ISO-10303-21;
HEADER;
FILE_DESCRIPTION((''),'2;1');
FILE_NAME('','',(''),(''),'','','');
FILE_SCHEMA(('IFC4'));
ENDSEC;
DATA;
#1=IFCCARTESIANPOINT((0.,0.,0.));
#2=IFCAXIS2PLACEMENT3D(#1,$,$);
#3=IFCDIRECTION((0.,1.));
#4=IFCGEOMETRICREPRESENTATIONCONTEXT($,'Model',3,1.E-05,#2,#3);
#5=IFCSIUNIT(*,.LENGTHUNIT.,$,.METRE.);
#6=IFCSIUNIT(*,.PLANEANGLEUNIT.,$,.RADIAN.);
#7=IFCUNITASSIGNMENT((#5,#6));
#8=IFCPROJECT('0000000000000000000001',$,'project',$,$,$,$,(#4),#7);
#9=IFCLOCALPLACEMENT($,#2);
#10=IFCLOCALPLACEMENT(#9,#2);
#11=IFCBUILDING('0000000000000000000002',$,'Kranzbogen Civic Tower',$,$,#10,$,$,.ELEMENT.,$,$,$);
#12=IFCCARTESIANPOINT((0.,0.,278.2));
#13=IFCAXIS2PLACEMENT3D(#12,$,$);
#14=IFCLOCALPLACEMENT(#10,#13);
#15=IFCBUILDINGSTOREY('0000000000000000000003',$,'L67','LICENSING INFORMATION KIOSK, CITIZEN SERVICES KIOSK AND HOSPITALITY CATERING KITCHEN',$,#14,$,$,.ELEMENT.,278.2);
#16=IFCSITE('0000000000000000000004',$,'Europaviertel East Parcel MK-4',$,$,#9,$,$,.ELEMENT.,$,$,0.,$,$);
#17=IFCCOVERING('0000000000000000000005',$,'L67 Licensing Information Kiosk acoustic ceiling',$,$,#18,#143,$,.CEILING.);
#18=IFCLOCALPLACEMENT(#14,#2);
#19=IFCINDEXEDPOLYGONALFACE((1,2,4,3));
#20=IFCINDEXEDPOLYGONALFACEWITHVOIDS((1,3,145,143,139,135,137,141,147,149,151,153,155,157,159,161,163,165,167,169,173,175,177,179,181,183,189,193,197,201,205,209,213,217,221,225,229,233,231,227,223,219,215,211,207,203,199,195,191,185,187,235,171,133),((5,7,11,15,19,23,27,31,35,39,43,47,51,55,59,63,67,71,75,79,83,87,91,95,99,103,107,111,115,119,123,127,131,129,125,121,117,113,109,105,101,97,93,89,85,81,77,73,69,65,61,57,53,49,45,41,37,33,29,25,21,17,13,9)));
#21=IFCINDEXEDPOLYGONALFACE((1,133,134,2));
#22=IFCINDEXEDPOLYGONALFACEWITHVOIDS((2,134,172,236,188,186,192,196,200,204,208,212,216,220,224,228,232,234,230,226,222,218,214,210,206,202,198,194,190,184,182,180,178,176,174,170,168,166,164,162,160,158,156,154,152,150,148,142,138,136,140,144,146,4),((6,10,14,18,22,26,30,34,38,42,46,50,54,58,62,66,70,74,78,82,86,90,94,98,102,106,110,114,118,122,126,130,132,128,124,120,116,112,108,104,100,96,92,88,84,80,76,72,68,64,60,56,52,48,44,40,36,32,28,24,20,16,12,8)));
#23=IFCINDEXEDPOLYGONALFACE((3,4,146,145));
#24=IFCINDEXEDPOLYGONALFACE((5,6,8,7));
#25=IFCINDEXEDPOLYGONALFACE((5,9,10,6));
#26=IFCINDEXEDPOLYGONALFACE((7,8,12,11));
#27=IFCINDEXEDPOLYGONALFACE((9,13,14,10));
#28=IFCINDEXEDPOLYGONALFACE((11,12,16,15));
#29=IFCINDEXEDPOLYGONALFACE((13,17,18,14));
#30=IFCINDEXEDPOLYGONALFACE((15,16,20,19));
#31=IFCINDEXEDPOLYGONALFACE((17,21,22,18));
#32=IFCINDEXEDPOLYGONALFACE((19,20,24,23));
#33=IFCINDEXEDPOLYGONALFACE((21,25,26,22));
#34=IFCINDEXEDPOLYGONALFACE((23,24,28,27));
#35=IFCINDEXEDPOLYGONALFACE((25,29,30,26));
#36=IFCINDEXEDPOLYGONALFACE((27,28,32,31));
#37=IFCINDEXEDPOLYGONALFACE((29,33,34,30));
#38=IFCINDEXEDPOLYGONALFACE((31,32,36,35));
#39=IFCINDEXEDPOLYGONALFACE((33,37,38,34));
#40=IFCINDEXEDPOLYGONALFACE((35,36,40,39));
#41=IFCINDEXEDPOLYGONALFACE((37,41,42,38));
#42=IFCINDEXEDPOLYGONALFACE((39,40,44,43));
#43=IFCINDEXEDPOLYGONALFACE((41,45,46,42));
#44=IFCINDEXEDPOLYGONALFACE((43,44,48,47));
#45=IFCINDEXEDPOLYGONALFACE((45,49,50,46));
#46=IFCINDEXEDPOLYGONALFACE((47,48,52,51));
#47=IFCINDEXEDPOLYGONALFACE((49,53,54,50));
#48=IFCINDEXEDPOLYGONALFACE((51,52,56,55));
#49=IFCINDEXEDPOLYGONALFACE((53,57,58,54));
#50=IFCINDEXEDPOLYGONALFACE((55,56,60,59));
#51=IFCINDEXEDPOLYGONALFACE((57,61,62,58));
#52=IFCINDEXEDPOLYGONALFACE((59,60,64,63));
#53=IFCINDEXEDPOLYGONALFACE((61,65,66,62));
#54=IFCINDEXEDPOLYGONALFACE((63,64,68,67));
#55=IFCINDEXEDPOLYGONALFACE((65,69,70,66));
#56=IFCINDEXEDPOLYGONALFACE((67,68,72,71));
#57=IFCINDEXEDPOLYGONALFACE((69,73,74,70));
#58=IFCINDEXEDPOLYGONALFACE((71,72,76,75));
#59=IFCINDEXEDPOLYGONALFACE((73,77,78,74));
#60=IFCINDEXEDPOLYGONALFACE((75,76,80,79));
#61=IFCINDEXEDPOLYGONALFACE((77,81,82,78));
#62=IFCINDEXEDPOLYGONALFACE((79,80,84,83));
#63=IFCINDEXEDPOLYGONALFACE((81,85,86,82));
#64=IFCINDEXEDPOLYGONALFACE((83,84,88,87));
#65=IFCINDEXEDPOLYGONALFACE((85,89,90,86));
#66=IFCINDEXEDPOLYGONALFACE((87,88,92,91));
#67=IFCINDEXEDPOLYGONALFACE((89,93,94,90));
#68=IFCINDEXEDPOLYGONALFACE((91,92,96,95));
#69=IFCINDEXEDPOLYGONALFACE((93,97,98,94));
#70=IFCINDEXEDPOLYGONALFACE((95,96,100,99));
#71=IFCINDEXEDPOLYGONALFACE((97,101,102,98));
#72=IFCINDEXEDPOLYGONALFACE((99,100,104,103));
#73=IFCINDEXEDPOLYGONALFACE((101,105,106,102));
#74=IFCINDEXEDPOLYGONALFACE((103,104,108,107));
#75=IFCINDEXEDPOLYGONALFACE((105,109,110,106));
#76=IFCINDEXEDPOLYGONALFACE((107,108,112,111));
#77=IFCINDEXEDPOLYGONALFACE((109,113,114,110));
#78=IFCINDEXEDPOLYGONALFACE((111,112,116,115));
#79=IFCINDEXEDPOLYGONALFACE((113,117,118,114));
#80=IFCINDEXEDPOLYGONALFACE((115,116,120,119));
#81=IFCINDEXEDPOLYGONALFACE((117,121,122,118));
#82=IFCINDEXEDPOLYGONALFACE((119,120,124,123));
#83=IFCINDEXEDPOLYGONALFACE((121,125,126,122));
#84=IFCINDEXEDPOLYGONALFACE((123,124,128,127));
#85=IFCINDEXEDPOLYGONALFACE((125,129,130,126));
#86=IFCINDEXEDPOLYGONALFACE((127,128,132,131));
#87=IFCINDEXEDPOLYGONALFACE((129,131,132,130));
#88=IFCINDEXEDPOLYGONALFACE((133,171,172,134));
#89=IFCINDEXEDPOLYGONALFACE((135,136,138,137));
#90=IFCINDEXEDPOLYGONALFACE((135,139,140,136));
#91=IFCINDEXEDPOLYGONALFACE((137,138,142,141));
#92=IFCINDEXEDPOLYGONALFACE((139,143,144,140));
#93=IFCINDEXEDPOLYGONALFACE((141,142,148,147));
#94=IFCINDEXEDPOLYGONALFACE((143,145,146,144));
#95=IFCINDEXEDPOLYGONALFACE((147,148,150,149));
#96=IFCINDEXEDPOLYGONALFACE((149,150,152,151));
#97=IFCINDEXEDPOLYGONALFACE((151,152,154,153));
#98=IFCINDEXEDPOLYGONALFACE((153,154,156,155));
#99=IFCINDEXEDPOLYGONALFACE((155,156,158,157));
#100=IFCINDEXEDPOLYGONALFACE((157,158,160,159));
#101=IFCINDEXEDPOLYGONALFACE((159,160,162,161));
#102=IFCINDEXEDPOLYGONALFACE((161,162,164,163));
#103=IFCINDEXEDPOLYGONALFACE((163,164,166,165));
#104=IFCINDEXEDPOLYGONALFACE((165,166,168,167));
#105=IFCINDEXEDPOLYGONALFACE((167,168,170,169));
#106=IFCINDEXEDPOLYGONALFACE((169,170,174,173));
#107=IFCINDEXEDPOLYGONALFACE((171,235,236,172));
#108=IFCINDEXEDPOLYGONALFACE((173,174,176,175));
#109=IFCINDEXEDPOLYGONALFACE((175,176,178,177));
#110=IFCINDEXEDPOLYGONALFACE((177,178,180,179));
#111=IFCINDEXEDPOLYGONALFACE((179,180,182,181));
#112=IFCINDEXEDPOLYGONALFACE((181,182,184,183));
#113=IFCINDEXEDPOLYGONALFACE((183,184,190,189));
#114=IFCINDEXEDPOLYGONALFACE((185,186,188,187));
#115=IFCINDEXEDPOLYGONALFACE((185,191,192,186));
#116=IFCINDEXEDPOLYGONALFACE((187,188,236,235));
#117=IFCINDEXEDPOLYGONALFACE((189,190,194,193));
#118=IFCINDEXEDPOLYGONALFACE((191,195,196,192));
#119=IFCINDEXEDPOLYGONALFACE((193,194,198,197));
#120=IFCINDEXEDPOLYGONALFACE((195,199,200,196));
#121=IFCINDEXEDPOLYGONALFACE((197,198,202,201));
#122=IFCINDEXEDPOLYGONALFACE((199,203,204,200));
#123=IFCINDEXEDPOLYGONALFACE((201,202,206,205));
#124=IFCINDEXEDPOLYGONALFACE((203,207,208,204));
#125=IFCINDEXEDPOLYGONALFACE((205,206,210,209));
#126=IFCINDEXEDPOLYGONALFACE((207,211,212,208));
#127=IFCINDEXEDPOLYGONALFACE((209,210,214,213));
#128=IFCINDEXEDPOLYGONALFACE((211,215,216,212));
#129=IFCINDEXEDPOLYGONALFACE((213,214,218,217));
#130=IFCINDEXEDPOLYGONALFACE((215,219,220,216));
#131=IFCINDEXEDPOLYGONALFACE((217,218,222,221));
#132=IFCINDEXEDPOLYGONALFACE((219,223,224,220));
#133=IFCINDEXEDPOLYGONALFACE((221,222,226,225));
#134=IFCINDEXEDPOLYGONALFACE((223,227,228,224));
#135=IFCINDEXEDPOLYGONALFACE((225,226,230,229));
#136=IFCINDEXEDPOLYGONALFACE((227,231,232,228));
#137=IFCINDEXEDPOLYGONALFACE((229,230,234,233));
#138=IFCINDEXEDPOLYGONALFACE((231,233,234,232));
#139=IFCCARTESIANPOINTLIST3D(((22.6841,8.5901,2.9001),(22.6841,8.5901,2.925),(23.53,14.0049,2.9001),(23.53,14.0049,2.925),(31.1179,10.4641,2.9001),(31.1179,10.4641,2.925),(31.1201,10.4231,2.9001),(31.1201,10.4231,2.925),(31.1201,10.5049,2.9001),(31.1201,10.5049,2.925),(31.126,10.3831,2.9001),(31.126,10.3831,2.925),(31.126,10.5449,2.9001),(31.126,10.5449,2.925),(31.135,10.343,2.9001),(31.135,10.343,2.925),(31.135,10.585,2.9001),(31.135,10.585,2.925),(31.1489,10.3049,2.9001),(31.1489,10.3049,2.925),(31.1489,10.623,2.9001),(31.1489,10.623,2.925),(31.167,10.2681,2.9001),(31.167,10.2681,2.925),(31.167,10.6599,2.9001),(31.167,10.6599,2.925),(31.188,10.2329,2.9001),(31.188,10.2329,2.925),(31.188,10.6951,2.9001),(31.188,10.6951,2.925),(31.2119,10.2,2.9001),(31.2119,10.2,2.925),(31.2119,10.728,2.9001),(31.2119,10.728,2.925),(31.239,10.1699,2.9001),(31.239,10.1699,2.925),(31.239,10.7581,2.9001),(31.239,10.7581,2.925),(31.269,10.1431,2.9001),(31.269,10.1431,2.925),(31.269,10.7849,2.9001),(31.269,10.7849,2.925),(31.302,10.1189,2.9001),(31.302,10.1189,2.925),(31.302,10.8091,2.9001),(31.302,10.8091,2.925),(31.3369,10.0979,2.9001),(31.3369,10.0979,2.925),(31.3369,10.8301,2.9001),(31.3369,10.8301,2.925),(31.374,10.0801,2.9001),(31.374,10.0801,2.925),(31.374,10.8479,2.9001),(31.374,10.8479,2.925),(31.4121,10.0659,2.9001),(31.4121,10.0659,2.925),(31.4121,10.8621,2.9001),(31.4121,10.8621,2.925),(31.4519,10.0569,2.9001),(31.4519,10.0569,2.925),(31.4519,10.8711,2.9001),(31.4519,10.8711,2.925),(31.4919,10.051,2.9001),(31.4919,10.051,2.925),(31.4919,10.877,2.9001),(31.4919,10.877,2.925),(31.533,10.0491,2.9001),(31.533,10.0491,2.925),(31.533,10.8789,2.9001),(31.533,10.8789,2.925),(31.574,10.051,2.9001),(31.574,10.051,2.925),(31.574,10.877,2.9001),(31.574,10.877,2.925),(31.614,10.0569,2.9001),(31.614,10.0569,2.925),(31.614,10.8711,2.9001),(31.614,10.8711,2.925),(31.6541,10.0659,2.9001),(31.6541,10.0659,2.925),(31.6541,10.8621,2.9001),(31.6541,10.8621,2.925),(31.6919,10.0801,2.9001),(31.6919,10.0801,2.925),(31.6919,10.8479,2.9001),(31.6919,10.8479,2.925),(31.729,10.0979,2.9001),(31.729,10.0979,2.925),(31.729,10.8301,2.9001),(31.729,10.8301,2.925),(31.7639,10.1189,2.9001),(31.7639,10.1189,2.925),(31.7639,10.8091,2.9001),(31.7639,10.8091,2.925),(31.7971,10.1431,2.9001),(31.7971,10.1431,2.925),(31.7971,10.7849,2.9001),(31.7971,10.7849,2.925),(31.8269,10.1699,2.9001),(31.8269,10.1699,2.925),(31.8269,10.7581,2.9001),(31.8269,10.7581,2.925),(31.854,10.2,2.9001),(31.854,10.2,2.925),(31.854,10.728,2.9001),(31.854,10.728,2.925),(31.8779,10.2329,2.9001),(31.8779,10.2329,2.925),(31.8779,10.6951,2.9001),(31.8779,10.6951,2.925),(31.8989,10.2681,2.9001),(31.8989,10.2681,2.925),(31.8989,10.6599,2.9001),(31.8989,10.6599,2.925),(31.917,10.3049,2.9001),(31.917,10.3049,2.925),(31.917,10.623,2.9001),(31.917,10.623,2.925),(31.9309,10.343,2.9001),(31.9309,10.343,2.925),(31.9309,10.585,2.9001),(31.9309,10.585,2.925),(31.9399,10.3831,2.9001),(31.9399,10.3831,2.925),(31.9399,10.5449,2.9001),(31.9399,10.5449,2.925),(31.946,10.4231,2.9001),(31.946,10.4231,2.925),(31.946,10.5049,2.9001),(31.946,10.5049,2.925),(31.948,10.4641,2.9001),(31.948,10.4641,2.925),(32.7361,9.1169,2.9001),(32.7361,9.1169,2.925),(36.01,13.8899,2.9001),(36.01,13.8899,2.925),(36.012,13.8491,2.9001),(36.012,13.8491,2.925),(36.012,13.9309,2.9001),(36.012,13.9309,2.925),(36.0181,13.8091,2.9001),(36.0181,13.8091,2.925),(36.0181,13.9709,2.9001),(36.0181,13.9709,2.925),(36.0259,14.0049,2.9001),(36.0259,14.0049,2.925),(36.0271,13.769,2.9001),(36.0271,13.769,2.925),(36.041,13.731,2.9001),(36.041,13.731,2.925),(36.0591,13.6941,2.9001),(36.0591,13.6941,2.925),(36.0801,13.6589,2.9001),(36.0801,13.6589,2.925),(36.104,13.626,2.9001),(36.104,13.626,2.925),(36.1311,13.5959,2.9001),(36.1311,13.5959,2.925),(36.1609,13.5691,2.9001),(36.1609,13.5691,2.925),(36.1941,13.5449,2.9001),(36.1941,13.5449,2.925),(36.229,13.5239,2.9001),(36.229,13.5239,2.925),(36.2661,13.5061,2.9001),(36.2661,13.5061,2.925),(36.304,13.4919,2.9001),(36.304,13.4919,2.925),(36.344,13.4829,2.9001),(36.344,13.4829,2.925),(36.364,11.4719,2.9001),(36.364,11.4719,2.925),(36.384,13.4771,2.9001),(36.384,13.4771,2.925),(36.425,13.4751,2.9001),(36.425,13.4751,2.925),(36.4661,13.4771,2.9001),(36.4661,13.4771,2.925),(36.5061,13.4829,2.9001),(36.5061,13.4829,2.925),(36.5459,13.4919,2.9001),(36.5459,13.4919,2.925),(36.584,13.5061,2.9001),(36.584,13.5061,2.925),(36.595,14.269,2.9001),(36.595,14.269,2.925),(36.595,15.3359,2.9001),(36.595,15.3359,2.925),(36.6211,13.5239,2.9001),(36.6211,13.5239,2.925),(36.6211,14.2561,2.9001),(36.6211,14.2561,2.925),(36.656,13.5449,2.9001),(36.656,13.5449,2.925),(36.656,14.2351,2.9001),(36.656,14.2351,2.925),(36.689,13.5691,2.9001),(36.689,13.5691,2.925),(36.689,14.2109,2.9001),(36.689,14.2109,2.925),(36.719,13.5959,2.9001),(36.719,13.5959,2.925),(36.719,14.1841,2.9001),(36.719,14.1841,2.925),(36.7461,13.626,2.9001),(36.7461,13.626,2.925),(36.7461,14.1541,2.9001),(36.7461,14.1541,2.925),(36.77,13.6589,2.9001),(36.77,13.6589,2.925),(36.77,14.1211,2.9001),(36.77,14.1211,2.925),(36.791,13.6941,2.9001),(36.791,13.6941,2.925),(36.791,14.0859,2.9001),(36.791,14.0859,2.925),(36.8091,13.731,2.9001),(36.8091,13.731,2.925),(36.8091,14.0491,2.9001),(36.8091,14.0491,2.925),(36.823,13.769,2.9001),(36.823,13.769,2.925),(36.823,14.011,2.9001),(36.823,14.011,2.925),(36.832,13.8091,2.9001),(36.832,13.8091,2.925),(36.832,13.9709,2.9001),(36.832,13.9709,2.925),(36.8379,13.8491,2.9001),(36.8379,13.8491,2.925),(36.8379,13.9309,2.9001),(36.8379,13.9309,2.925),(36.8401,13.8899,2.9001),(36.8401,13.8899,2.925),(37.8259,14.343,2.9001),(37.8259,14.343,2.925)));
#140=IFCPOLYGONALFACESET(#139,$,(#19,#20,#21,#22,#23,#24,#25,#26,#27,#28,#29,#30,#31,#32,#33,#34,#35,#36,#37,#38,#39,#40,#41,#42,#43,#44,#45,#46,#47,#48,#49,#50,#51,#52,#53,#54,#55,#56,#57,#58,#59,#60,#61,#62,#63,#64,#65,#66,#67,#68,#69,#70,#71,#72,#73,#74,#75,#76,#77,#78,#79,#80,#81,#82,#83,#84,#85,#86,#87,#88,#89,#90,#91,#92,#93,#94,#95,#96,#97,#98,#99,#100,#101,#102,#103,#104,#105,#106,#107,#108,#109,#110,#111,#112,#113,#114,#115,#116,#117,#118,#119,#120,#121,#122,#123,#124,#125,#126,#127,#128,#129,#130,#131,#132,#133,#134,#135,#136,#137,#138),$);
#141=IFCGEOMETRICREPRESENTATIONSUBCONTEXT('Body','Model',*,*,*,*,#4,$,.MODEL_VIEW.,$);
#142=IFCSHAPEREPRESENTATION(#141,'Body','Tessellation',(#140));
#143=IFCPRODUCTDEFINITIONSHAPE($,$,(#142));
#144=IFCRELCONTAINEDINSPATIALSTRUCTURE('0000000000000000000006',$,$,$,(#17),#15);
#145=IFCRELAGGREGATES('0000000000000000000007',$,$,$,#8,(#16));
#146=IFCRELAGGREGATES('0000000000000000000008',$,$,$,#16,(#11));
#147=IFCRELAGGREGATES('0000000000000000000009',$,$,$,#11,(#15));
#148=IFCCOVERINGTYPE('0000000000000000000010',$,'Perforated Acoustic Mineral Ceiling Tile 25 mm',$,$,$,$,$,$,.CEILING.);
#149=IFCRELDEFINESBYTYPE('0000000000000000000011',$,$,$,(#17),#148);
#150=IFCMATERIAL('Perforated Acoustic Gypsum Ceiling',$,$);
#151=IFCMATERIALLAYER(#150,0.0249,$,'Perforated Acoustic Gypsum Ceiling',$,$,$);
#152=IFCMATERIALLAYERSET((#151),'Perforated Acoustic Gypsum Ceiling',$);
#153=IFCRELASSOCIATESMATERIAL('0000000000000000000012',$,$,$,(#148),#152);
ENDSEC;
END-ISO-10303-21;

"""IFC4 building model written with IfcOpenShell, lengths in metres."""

from ifc_helpers import new_model, si_unit, direction, frame, origin, place, context, subcontext, project, spatial, polyline, outline, extrude, material, layer, layer_set, type_object, element, save


model = new_model("IFC4")

# Units and contexts
model_context = context("Model", 3, precision=1e-05, world=origin(), true_north=direction((0.0, 1.0)))
body_context = subcontext(model_context, "Body", "Model", "MODEL_VIEW")
ifc_project = project(units=[si_unit("LENGTHUNIT", "METRE"), si_unit("PLANEANGLEUNIT", "RADIAN")], contexts=[model_context])

# Site, building, storey
site_placement = place(None, origin())
site = spatial("IfcSite", under=ifc_project, at=site_placement, Name="Europaviertel East Parcel MK-4", CompositionType="ELEMENT", RefElevation=0.0)
building_placement = place(site_placement, origin())
building = spatial("IfcBuilding", under=site, at=building_placement, Name="Kranzbogen Civic Tower", CompositionType="ELEMENT")
storey_placement = place(building_placement, frame((0.0, 0.0, 278.2)))
storey = spatial("IfcBuildingStorey", under=building, at=storey_placement, Name="L67", Description="LICENSING INFORMATION KIOSK, CITIZEN SERVICES KIOSK AND HOSPITALITY CATERING KITCHEN", CompositionType="ELEMENT", Elevation=278.2)

# Covering
ifc_material_1 = material(Name="Perforated Acoustic Gypsum Ceiling")
ifc_layer_1 = layer(ifc_material_1, 0.0249, Name="Perforated Acoustic Gypsum Ceiling")
ifc_layer_set_1 = layer_set([ifc_layer_1], Name="Perforated Acoustic Gypsum Ceiling")
covering_type_1 = type_object("IfcCoveringType", Name="Perforated Acoustic Mineral Ceiling Tile 25 mm", PredefinedType="CEILING", material=ifc_layer_set_1)
covering_1_placement = place(storey_placement, frame((0.0, 0.0, 2.9001)))
element("IfcCovering", 1, at=covering_1_placement, inside=storey, type_object=covering_type_1, Name="L67 Licensing Information Kiosk acoustic ceiling", PredefinedType="CEILING", context=body_context, shape_type="SweptSolid", body=[
    extrude(outline(polyline([(32.7361, 9.1169), (22.6841, 8.5901), (23.53, 14.0049), (36.0259, 14.0049), (36.0181, 13.9709), (36.012, 13.9309), (36.01, 13.8899), (36.012, 13.8491), (36.0181, 13.8091), (36.0271, 13.769), (36.041, 13.731), (36.0591, 13.6941), (36.0801, 13.6589), (36.104, 13.626), (36.1311, 13.5959), (36.1609, 13.5691), (36.1941, 13.5449), (36.229, 13.5239), (36.2661, 13.5061), (36.304, 13.4919), (36.344, 13.4829), (36.384, 13.4771), (36.425, 13.4751), (36.4661, 13.4771), (36.5061, 13.4829), (36.5459, 13.4919), (36.584, 13.5061), (36.6211, 13.5239), (36.656, 13.5449), (36.689, 13.5691), (36.719, 13.5959), (36.7461, 13.626), (36.77, 13.6589), (36.791, 13.6941), (36.8091, 13.731), (36.823, 13.769), (36.832, 13.8091), (36.8379, 13.8491), (36.8401, 13.8899), (36.8379, 13.9309), (36.832, 13.9709), (36.823, 14.011), (36.8091, 14.0491), (36.791, 14.0859), (36.77, 14.1211), (36.7461, 14.1541), (36.719, 14.1841), (36.689, 14.2109), (36.656, 14.2351), (36.6211, 14.2561), (36.595, 14.269), (36.595, 15.3359), (37.8259, 14.343), (36.364, 11.4719), (32.7361, 9.1169)]), holes=[polyline([(31.917, 10.3049), (31.8989, 10.2681), (31.8779, 10.2329), (31.854, 10.2), (31.8269, 10.1699), (31.7971, 10.1431), (31.7639, 10.1189), (31.729, 10.0979), (31.6919, 10.0801), (31.6541, 10.0659), (31.614, 10.0569), (31.574, 10.051), (31.533, 10.0491), (31.4919, 10.051), (31.4519, 10.0569), (31.4121, 10.0659), (31.374, 10.0801), (31.3369, 10.0979), (31.302, 10.1189), (31.269, 10.1431), (31.239, 10.1699), (31.2119, 10.2), (31.188, 10.2329), (31.167, 10.2681), (31.1489, 10.3049), (31.135, 10.343), (31.126, 10.3831), (31.1201, 10.4231), (31.1179, 10.4641), (31.1201, 10.5049), (31.126, 10.5449), (31.135, 10.585), (31.1489, 10.623), (31.167, 10.6599), (31.188, 10.6951), (31.2119, 10.728), (31.239, 10.7581), (31.269, 10.7849), (31.302, 10.8091), (31.3369, 10.8301), (31.374, 10.8479), (31.4121, 10.8621), (31.4519, 10.8711), (31.4919, 10.877), (31.533, 10.8789), (31.574, 10.877), (31.614, 10.8711), (31.6541, 10.8621), (31.6919, 10.8479), (31.729, 10.8301), (31.7639, 10.8091), (31.7971, 10.7849), (31.8269, 10.7581), (31.854, 10.728), (31.8779, 10.6951), (31.8989, 10.6599), (31.917, 10.623), (31.9309, 10.585), (31.9399, 10.5449), (31.946, 10.5049), (31.948, 10.4641), (31.946, 10.4231), (31.9399, 10.3831), (31.9309, 10.343), (31.917, 10.3049)])]), origin(), (0.0, 0.0, 1.0), 0.0249),
])

save(model, "model.ifc")
